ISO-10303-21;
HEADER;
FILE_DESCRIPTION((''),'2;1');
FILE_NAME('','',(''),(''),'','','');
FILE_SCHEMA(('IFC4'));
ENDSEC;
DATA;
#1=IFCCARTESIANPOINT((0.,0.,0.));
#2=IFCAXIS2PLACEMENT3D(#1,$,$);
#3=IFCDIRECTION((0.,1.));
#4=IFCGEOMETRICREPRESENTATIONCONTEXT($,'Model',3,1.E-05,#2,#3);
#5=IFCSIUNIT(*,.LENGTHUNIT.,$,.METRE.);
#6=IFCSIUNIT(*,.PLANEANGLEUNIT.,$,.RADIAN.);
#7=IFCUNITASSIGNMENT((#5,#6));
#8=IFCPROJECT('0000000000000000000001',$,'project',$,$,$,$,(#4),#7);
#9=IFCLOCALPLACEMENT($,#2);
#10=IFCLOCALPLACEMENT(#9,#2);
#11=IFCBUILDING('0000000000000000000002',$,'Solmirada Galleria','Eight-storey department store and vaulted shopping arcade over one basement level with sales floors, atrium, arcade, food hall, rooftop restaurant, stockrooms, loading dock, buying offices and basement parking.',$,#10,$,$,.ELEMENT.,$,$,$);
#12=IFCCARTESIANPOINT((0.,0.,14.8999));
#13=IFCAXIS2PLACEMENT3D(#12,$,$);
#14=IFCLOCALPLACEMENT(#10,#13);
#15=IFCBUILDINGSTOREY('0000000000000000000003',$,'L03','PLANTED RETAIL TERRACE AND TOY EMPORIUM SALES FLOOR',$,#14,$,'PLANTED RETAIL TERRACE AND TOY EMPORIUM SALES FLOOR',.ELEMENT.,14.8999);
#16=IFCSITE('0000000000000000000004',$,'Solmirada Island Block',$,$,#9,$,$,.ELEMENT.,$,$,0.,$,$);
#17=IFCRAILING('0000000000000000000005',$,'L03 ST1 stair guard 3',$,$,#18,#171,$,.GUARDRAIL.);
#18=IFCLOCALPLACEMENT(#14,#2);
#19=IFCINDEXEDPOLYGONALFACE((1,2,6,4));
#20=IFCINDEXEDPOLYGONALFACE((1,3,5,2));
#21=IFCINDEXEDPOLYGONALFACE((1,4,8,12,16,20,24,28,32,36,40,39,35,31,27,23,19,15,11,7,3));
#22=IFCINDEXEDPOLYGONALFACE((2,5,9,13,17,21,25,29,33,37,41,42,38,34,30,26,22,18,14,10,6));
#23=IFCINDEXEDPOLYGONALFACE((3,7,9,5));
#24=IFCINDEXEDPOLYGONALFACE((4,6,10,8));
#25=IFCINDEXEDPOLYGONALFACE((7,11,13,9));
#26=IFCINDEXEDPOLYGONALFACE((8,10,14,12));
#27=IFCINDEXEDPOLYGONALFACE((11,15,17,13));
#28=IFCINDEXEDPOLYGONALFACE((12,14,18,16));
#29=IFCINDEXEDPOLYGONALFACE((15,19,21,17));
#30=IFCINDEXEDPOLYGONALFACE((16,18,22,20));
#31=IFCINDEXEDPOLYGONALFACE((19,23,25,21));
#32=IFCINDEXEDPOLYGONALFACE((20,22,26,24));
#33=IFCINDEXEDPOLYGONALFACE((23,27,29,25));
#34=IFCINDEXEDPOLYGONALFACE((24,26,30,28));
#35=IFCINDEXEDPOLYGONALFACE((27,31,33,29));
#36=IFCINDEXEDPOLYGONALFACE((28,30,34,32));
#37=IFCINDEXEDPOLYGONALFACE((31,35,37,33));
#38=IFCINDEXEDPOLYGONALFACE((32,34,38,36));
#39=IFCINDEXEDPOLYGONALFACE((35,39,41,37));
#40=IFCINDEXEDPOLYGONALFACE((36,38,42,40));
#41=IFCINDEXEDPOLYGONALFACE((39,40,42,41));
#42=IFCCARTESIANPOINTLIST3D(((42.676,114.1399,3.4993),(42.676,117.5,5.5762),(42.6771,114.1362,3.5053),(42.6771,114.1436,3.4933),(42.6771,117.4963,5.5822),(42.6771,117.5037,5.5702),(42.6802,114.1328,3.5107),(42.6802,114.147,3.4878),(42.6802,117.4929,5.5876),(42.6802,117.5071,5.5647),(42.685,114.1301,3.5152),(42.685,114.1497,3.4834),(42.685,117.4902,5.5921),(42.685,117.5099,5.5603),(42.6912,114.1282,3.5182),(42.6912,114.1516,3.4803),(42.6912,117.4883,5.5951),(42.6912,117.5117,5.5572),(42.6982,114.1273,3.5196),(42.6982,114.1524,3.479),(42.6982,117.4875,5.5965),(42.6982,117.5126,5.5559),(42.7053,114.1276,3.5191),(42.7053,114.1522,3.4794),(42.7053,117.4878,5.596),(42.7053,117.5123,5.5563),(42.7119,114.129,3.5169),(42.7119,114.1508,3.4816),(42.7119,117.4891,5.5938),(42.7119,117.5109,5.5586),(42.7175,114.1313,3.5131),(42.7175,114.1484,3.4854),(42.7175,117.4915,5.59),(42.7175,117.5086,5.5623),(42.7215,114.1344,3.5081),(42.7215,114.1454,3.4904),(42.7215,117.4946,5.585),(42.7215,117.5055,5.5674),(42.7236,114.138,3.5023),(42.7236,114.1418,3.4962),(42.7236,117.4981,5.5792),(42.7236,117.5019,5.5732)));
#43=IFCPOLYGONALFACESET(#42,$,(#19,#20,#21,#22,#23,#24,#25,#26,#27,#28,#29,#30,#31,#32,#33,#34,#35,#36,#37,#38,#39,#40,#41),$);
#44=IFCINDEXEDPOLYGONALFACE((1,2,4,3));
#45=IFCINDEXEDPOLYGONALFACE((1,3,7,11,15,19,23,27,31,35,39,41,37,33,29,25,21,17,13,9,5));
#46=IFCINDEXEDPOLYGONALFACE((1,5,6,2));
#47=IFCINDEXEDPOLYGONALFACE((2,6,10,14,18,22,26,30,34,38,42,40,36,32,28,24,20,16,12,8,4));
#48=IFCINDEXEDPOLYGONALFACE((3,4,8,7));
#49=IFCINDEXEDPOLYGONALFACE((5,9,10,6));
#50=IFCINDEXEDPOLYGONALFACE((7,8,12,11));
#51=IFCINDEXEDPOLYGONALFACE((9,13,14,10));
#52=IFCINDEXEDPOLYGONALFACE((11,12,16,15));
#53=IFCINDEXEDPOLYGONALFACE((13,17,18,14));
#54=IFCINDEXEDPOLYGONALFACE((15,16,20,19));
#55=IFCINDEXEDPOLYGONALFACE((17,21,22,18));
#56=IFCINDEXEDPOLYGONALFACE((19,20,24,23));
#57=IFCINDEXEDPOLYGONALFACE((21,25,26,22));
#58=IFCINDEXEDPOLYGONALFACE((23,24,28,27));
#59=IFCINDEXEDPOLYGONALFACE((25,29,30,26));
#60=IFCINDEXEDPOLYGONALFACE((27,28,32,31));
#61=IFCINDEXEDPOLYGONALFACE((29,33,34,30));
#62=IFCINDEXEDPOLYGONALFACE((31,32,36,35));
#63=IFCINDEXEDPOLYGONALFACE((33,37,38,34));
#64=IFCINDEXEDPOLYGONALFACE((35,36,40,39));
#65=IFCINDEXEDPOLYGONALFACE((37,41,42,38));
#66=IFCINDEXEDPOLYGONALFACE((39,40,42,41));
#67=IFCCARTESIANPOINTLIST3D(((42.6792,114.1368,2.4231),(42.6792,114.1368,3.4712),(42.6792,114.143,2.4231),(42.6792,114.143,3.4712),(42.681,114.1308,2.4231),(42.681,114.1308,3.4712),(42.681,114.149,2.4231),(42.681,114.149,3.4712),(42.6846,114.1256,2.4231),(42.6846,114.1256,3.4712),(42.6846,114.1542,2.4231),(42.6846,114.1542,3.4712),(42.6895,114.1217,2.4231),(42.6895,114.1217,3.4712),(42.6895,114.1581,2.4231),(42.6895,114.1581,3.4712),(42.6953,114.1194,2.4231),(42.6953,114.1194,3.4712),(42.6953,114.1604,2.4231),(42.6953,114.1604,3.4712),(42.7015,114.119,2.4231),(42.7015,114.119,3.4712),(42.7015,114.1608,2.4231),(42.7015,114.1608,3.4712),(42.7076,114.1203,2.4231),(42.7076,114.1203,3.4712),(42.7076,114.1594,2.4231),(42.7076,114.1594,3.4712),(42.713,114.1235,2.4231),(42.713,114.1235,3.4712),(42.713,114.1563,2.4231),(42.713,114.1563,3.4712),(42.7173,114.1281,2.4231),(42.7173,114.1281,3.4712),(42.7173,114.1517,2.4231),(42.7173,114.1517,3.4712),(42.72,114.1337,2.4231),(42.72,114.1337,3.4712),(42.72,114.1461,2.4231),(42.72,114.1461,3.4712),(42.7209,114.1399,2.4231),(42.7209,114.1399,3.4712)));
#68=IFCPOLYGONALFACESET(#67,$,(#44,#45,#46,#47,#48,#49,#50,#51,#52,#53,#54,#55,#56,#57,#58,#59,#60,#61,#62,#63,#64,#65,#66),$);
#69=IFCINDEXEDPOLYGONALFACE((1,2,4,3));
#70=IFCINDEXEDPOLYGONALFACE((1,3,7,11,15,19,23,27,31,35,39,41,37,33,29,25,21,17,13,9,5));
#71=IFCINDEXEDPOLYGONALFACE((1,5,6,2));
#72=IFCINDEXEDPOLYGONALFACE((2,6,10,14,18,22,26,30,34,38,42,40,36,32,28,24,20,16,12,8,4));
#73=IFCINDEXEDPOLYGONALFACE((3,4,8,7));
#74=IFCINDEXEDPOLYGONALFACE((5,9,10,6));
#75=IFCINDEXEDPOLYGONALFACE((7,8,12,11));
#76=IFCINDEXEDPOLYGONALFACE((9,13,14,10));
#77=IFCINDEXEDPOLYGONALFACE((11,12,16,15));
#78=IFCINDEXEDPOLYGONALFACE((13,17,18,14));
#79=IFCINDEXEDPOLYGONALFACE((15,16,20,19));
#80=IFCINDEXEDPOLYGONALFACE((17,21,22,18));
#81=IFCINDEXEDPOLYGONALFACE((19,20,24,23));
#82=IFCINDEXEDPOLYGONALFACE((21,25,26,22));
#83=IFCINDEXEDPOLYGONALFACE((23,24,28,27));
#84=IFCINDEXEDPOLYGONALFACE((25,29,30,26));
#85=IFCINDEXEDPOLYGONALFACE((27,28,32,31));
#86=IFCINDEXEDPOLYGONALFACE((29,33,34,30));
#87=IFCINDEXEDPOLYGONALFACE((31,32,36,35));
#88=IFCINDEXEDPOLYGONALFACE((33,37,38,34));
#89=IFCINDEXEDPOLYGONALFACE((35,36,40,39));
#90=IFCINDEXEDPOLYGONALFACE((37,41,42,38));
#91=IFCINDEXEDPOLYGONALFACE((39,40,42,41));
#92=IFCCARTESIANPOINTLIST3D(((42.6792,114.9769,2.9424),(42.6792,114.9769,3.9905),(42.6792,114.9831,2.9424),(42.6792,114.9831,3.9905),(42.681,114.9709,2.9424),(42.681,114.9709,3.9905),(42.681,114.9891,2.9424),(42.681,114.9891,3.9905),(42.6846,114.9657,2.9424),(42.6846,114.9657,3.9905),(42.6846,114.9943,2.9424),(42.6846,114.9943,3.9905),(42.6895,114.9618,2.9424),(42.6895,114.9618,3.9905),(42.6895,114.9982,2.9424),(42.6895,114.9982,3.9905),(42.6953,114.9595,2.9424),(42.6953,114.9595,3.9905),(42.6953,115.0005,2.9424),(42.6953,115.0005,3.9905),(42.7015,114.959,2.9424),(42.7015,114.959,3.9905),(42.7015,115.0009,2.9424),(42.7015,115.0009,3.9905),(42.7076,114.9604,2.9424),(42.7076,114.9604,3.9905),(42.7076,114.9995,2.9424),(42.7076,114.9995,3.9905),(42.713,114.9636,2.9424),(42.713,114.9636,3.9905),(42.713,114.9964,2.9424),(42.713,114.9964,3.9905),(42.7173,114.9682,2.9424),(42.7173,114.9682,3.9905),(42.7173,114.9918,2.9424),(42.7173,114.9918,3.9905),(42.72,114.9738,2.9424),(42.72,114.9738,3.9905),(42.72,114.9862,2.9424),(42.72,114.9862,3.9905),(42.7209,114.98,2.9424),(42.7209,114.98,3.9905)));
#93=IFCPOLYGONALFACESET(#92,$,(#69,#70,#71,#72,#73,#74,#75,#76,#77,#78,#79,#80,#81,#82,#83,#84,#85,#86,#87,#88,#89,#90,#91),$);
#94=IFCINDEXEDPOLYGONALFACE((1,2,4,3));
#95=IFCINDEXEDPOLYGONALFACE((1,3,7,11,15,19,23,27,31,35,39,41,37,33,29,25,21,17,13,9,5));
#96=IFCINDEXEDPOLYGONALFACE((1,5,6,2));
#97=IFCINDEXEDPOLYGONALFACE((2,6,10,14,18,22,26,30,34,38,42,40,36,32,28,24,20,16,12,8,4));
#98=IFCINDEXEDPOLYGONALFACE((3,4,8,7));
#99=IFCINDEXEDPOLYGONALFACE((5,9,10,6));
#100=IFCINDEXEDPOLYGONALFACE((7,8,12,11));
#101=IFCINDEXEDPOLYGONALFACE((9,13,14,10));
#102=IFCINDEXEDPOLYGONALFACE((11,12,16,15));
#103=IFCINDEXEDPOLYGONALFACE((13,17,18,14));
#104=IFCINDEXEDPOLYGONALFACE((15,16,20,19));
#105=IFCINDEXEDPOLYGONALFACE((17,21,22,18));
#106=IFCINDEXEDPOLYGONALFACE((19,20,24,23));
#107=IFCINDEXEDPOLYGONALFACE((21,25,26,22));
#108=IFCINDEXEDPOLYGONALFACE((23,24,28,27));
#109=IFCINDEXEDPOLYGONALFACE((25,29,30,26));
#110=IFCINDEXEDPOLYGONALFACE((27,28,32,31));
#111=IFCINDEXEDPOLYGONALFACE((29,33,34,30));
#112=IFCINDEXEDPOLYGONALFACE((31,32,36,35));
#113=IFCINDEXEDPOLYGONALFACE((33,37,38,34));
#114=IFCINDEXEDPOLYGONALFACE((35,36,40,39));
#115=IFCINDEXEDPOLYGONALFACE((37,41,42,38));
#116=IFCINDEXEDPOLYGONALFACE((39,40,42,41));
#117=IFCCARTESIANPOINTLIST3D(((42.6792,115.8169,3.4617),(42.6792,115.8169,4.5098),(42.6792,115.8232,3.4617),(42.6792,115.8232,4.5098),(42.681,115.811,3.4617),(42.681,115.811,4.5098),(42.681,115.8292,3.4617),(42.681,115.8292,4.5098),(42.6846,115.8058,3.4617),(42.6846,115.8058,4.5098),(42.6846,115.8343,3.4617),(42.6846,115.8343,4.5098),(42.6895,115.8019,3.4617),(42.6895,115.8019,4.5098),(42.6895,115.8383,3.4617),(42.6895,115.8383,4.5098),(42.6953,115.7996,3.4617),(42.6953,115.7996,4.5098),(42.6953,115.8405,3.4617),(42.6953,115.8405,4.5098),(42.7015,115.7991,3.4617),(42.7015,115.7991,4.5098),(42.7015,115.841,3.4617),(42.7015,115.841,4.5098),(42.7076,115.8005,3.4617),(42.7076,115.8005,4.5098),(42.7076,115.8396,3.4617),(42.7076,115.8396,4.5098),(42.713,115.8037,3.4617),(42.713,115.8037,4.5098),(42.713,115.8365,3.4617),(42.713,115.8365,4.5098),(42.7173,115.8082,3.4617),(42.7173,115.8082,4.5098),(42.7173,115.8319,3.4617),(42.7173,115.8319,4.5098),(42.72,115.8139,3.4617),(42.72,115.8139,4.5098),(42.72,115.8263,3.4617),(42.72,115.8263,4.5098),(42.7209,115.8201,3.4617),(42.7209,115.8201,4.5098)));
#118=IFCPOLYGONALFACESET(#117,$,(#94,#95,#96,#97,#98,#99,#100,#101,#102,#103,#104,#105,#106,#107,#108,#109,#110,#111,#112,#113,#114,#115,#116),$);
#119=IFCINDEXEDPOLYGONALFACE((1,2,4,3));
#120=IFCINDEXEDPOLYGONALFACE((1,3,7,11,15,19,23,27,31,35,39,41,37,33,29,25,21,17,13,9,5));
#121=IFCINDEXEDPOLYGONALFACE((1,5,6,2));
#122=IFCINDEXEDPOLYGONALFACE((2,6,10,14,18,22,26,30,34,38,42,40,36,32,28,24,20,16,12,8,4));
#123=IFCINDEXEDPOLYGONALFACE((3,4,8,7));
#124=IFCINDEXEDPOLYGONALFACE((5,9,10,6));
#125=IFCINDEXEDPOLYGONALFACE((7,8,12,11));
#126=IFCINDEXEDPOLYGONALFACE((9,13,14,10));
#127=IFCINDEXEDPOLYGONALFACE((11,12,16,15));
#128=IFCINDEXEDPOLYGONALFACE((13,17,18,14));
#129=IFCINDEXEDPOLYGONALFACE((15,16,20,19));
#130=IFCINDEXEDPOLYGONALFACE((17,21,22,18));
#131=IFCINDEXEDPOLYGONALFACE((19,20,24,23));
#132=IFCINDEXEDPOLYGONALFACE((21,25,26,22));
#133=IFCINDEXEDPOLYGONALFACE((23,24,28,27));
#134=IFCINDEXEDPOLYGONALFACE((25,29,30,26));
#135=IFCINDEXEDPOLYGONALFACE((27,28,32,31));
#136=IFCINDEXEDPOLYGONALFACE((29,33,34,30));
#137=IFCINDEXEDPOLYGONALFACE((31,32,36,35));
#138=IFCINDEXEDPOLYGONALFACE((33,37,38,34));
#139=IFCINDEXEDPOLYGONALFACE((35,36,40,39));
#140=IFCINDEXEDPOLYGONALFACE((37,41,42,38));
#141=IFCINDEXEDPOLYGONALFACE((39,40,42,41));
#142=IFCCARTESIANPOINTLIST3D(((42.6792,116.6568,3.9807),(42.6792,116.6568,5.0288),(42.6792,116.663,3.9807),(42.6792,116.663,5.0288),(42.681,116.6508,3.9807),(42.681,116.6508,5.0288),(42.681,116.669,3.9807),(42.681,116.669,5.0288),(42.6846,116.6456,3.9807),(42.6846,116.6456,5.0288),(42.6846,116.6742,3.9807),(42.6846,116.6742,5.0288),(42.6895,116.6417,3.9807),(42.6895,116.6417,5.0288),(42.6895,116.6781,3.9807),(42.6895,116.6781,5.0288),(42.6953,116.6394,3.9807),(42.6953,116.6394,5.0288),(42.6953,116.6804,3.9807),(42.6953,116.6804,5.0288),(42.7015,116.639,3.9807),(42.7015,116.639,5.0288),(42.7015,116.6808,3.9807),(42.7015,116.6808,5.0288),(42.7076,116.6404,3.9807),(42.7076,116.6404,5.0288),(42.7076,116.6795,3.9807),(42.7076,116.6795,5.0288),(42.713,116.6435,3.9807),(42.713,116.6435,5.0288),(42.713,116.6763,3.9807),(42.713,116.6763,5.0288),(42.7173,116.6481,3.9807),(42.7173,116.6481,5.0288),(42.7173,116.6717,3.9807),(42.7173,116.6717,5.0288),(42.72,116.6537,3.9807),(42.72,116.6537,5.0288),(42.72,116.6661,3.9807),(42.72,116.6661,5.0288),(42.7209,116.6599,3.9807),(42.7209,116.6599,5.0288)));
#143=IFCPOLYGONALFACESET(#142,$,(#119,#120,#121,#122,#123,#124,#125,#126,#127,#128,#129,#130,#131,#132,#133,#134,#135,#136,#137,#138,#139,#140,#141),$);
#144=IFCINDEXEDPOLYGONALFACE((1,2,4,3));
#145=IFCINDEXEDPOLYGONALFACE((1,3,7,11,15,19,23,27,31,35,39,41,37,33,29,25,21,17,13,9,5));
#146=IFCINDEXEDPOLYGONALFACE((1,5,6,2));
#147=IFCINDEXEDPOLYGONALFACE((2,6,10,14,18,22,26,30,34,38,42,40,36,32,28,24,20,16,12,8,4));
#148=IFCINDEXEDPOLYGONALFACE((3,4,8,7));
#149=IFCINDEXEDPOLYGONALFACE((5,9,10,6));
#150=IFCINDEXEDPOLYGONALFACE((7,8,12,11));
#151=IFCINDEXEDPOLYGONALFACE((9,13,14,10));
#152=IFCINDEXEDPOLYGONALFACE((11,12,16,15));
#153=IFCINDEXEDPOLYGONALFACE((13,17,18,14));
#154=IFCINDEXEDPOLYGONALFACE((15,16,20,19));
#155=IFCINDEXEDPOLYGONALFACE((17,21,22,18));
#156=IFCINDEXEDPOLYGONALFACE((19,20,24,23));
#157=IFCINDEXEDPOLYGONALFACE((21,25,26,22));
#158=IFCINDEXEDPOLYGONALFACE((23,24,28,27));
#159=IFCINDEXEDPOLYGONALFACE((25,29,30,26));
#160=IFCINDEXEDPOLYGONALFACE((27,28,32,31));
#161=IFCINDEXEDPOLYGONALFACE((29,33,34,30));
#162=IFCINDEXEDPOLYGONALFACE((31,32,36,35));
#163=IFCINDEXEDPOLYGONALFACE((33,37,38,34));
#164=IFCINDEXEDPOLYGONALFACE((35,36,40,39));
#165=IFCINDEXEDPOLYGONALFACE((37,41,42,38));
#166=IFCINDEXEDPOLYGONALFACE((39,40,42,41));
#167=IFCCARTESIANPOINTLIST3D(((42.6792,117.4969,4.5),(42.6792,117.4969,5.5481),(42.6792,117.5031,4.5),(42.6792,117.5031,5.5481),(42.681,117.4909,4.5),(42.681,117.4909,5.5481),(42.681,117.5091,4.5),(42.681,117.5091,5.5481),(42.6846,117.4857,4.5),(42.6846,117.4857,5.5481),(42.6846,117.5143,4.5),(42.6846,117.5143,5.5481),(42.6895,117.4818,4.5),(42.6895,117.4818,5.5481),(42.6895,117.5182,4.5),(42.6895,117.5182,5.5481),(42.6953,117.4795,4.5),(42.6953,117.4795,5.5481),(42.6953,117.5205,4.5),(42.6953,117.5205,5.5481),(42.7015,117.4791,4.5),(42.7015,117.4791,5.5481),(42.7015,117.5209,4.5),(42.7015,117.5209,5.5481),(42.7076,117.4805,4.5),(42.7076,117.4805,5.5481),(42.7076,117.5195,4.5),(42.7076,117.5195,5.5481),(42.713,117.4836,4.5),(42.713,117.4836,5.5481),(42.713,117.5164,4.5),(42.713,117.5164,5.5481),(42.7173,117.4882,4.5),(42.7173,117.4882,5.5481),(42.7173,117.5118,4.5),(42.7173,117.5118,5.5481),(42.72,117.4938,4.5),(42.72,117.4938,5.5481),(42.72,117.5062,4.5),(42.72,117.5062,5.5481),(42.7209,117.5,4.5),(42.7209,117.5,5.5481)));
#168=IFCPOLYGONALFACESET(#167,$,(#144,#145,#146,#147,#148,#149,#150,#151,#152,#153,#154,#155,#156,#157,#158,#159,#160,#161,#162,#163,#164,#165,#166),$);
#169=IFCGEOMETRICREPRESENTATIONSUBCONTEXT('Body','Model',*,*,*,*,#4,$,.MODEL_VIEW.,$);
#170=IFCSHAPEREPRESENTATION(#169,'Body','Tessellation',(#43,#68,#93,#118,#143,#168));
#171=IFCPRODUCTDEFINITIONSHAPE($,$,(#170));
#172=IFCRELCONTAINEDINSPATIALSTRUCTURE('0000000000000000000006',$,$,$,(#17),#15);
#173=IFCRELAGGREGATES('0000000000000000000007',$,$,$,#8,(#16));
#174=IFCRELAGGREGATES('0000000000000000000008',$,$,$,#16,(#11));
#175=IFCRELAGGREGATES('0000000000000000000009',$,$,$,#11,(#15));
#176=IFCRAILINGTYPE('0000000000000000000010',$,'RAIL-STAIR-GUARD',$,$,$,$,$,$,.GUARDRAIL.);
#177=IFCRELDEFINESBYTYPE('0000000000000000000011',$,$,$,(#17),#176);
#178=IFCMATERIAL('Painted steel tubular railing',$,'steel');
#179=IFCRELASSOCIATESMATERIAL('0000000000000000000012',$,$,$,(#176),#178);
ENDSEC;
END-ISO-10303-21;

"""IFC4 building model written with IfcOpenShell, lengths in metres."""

from ifc_helpers import new_model, si_unit, direction, frame, origin, origin_2d, place, context, subcontext, project, spatial, circle, extrude, material, type_object, element, save


model = new_model("IFC4")

# Units and contexts
model_context = context("Model", 3, precision=1e-05, world=origin(), true_north=direction((0.0, 1.0)))
body_context = subcontext(model_context, "Body", "Model", "MODEL_VIEW")
ifc_project = project(units=[si_unit("LENGTHUNIT", "METRE"), si_unit("PLANEANGLEUNIT", "RADIAN")], contexts=[model_context])

# Site, building, storey
site_placement = place(None, origin())
site = spatial("IfcSite", under=ifc_project, at=site_placement, Name="Solmirada Island Block", CompositionType="ELEMENT", RefElevation=0.0)
building_placement = place(site_placement, origin())
building = spatial("IfcBuilding", under=site, at=building_placement, Name="Solmirada Galleria", Description="Eight-storey department store and vaulted shopping arcade over one basement level with sales floors, atrium, arcade, food hall, rooftop restaurant, stockrooms, loading dock, buying offices and basement parking.", CompositionType="ELEMENT")
storey_placement = place(building_placement, frame((0.0, 0.0, 14.8999)))
storey = spatial("IfcBuildingStorey", under=building, at=storey_placement, Name="L03", Description="PLANTED RETAIL TERRACE AND TOY EMPORIUM SALES FLOOR", LongName="PLANTED RETAIL TERRACE AND TOY EMPORIUM SALES FLOOR", CompositionType="ELEMENT", Elevation=14.8999)

# Railing
ifc_material_1 = material(Name="Painted steel tubular railing", Category="steel")
railing_type_1 = type_object("IfcRailingType", Name="RAIL-STAIR-GUARD", PredefinedType="GUARDRAIL", material=ifc_material_1)
railing_1_placement = place(storey_placement, frame((42.7, 114.1399, 2.4231)))
element("IfcRailing", 1, at=railing_1_placement, inside=storey, type_object=railing_type_1, Name="L03 ST1 stair guard 3", PredefinedType="GUARDRAIL", context=body_context, shape_type="SweptSolid", body=[
    extrude(circle(Radius=0.0239, at=origin_2d()), frame((0.0, 0.0, 1.0762), z_axis=(0.0, 0.850623, 0.525776), x_axis=(-1.0, 0.0, 0.0)), (0.0, 0.0, 1.0), 3.9502),
    extrude(circle(Radius=0.021, at=origin_2d()), origin(), (0.0, 0.0, 1.0), 1.0481),
    extrude(circle(Radius=0.021, at=origin_2d()), frame((0.0, 0.8401, 0.5193)), (0.0, 0.0, 1.0), 1.0481),
    extrude(circle(Radius=0.021, at=origin_2d()), frame((0.0, 1.6802, 1.0386)), (0.0, 0.0, 1.0), 1.0481),
    extrude(circle(Radius=0.021, at=origin_2d()), frame((0.0, 2.52, 1.5576)), (0.0, 0.0, 1.0), 1.0481),
    extrude(circle(Radius=0.021, at=origin_2d()), frame((0.0, 3.3601, 2.0769)), (0.0, 0.0, 1.0), 1.0481),
])

save(model, "model.ifc")
